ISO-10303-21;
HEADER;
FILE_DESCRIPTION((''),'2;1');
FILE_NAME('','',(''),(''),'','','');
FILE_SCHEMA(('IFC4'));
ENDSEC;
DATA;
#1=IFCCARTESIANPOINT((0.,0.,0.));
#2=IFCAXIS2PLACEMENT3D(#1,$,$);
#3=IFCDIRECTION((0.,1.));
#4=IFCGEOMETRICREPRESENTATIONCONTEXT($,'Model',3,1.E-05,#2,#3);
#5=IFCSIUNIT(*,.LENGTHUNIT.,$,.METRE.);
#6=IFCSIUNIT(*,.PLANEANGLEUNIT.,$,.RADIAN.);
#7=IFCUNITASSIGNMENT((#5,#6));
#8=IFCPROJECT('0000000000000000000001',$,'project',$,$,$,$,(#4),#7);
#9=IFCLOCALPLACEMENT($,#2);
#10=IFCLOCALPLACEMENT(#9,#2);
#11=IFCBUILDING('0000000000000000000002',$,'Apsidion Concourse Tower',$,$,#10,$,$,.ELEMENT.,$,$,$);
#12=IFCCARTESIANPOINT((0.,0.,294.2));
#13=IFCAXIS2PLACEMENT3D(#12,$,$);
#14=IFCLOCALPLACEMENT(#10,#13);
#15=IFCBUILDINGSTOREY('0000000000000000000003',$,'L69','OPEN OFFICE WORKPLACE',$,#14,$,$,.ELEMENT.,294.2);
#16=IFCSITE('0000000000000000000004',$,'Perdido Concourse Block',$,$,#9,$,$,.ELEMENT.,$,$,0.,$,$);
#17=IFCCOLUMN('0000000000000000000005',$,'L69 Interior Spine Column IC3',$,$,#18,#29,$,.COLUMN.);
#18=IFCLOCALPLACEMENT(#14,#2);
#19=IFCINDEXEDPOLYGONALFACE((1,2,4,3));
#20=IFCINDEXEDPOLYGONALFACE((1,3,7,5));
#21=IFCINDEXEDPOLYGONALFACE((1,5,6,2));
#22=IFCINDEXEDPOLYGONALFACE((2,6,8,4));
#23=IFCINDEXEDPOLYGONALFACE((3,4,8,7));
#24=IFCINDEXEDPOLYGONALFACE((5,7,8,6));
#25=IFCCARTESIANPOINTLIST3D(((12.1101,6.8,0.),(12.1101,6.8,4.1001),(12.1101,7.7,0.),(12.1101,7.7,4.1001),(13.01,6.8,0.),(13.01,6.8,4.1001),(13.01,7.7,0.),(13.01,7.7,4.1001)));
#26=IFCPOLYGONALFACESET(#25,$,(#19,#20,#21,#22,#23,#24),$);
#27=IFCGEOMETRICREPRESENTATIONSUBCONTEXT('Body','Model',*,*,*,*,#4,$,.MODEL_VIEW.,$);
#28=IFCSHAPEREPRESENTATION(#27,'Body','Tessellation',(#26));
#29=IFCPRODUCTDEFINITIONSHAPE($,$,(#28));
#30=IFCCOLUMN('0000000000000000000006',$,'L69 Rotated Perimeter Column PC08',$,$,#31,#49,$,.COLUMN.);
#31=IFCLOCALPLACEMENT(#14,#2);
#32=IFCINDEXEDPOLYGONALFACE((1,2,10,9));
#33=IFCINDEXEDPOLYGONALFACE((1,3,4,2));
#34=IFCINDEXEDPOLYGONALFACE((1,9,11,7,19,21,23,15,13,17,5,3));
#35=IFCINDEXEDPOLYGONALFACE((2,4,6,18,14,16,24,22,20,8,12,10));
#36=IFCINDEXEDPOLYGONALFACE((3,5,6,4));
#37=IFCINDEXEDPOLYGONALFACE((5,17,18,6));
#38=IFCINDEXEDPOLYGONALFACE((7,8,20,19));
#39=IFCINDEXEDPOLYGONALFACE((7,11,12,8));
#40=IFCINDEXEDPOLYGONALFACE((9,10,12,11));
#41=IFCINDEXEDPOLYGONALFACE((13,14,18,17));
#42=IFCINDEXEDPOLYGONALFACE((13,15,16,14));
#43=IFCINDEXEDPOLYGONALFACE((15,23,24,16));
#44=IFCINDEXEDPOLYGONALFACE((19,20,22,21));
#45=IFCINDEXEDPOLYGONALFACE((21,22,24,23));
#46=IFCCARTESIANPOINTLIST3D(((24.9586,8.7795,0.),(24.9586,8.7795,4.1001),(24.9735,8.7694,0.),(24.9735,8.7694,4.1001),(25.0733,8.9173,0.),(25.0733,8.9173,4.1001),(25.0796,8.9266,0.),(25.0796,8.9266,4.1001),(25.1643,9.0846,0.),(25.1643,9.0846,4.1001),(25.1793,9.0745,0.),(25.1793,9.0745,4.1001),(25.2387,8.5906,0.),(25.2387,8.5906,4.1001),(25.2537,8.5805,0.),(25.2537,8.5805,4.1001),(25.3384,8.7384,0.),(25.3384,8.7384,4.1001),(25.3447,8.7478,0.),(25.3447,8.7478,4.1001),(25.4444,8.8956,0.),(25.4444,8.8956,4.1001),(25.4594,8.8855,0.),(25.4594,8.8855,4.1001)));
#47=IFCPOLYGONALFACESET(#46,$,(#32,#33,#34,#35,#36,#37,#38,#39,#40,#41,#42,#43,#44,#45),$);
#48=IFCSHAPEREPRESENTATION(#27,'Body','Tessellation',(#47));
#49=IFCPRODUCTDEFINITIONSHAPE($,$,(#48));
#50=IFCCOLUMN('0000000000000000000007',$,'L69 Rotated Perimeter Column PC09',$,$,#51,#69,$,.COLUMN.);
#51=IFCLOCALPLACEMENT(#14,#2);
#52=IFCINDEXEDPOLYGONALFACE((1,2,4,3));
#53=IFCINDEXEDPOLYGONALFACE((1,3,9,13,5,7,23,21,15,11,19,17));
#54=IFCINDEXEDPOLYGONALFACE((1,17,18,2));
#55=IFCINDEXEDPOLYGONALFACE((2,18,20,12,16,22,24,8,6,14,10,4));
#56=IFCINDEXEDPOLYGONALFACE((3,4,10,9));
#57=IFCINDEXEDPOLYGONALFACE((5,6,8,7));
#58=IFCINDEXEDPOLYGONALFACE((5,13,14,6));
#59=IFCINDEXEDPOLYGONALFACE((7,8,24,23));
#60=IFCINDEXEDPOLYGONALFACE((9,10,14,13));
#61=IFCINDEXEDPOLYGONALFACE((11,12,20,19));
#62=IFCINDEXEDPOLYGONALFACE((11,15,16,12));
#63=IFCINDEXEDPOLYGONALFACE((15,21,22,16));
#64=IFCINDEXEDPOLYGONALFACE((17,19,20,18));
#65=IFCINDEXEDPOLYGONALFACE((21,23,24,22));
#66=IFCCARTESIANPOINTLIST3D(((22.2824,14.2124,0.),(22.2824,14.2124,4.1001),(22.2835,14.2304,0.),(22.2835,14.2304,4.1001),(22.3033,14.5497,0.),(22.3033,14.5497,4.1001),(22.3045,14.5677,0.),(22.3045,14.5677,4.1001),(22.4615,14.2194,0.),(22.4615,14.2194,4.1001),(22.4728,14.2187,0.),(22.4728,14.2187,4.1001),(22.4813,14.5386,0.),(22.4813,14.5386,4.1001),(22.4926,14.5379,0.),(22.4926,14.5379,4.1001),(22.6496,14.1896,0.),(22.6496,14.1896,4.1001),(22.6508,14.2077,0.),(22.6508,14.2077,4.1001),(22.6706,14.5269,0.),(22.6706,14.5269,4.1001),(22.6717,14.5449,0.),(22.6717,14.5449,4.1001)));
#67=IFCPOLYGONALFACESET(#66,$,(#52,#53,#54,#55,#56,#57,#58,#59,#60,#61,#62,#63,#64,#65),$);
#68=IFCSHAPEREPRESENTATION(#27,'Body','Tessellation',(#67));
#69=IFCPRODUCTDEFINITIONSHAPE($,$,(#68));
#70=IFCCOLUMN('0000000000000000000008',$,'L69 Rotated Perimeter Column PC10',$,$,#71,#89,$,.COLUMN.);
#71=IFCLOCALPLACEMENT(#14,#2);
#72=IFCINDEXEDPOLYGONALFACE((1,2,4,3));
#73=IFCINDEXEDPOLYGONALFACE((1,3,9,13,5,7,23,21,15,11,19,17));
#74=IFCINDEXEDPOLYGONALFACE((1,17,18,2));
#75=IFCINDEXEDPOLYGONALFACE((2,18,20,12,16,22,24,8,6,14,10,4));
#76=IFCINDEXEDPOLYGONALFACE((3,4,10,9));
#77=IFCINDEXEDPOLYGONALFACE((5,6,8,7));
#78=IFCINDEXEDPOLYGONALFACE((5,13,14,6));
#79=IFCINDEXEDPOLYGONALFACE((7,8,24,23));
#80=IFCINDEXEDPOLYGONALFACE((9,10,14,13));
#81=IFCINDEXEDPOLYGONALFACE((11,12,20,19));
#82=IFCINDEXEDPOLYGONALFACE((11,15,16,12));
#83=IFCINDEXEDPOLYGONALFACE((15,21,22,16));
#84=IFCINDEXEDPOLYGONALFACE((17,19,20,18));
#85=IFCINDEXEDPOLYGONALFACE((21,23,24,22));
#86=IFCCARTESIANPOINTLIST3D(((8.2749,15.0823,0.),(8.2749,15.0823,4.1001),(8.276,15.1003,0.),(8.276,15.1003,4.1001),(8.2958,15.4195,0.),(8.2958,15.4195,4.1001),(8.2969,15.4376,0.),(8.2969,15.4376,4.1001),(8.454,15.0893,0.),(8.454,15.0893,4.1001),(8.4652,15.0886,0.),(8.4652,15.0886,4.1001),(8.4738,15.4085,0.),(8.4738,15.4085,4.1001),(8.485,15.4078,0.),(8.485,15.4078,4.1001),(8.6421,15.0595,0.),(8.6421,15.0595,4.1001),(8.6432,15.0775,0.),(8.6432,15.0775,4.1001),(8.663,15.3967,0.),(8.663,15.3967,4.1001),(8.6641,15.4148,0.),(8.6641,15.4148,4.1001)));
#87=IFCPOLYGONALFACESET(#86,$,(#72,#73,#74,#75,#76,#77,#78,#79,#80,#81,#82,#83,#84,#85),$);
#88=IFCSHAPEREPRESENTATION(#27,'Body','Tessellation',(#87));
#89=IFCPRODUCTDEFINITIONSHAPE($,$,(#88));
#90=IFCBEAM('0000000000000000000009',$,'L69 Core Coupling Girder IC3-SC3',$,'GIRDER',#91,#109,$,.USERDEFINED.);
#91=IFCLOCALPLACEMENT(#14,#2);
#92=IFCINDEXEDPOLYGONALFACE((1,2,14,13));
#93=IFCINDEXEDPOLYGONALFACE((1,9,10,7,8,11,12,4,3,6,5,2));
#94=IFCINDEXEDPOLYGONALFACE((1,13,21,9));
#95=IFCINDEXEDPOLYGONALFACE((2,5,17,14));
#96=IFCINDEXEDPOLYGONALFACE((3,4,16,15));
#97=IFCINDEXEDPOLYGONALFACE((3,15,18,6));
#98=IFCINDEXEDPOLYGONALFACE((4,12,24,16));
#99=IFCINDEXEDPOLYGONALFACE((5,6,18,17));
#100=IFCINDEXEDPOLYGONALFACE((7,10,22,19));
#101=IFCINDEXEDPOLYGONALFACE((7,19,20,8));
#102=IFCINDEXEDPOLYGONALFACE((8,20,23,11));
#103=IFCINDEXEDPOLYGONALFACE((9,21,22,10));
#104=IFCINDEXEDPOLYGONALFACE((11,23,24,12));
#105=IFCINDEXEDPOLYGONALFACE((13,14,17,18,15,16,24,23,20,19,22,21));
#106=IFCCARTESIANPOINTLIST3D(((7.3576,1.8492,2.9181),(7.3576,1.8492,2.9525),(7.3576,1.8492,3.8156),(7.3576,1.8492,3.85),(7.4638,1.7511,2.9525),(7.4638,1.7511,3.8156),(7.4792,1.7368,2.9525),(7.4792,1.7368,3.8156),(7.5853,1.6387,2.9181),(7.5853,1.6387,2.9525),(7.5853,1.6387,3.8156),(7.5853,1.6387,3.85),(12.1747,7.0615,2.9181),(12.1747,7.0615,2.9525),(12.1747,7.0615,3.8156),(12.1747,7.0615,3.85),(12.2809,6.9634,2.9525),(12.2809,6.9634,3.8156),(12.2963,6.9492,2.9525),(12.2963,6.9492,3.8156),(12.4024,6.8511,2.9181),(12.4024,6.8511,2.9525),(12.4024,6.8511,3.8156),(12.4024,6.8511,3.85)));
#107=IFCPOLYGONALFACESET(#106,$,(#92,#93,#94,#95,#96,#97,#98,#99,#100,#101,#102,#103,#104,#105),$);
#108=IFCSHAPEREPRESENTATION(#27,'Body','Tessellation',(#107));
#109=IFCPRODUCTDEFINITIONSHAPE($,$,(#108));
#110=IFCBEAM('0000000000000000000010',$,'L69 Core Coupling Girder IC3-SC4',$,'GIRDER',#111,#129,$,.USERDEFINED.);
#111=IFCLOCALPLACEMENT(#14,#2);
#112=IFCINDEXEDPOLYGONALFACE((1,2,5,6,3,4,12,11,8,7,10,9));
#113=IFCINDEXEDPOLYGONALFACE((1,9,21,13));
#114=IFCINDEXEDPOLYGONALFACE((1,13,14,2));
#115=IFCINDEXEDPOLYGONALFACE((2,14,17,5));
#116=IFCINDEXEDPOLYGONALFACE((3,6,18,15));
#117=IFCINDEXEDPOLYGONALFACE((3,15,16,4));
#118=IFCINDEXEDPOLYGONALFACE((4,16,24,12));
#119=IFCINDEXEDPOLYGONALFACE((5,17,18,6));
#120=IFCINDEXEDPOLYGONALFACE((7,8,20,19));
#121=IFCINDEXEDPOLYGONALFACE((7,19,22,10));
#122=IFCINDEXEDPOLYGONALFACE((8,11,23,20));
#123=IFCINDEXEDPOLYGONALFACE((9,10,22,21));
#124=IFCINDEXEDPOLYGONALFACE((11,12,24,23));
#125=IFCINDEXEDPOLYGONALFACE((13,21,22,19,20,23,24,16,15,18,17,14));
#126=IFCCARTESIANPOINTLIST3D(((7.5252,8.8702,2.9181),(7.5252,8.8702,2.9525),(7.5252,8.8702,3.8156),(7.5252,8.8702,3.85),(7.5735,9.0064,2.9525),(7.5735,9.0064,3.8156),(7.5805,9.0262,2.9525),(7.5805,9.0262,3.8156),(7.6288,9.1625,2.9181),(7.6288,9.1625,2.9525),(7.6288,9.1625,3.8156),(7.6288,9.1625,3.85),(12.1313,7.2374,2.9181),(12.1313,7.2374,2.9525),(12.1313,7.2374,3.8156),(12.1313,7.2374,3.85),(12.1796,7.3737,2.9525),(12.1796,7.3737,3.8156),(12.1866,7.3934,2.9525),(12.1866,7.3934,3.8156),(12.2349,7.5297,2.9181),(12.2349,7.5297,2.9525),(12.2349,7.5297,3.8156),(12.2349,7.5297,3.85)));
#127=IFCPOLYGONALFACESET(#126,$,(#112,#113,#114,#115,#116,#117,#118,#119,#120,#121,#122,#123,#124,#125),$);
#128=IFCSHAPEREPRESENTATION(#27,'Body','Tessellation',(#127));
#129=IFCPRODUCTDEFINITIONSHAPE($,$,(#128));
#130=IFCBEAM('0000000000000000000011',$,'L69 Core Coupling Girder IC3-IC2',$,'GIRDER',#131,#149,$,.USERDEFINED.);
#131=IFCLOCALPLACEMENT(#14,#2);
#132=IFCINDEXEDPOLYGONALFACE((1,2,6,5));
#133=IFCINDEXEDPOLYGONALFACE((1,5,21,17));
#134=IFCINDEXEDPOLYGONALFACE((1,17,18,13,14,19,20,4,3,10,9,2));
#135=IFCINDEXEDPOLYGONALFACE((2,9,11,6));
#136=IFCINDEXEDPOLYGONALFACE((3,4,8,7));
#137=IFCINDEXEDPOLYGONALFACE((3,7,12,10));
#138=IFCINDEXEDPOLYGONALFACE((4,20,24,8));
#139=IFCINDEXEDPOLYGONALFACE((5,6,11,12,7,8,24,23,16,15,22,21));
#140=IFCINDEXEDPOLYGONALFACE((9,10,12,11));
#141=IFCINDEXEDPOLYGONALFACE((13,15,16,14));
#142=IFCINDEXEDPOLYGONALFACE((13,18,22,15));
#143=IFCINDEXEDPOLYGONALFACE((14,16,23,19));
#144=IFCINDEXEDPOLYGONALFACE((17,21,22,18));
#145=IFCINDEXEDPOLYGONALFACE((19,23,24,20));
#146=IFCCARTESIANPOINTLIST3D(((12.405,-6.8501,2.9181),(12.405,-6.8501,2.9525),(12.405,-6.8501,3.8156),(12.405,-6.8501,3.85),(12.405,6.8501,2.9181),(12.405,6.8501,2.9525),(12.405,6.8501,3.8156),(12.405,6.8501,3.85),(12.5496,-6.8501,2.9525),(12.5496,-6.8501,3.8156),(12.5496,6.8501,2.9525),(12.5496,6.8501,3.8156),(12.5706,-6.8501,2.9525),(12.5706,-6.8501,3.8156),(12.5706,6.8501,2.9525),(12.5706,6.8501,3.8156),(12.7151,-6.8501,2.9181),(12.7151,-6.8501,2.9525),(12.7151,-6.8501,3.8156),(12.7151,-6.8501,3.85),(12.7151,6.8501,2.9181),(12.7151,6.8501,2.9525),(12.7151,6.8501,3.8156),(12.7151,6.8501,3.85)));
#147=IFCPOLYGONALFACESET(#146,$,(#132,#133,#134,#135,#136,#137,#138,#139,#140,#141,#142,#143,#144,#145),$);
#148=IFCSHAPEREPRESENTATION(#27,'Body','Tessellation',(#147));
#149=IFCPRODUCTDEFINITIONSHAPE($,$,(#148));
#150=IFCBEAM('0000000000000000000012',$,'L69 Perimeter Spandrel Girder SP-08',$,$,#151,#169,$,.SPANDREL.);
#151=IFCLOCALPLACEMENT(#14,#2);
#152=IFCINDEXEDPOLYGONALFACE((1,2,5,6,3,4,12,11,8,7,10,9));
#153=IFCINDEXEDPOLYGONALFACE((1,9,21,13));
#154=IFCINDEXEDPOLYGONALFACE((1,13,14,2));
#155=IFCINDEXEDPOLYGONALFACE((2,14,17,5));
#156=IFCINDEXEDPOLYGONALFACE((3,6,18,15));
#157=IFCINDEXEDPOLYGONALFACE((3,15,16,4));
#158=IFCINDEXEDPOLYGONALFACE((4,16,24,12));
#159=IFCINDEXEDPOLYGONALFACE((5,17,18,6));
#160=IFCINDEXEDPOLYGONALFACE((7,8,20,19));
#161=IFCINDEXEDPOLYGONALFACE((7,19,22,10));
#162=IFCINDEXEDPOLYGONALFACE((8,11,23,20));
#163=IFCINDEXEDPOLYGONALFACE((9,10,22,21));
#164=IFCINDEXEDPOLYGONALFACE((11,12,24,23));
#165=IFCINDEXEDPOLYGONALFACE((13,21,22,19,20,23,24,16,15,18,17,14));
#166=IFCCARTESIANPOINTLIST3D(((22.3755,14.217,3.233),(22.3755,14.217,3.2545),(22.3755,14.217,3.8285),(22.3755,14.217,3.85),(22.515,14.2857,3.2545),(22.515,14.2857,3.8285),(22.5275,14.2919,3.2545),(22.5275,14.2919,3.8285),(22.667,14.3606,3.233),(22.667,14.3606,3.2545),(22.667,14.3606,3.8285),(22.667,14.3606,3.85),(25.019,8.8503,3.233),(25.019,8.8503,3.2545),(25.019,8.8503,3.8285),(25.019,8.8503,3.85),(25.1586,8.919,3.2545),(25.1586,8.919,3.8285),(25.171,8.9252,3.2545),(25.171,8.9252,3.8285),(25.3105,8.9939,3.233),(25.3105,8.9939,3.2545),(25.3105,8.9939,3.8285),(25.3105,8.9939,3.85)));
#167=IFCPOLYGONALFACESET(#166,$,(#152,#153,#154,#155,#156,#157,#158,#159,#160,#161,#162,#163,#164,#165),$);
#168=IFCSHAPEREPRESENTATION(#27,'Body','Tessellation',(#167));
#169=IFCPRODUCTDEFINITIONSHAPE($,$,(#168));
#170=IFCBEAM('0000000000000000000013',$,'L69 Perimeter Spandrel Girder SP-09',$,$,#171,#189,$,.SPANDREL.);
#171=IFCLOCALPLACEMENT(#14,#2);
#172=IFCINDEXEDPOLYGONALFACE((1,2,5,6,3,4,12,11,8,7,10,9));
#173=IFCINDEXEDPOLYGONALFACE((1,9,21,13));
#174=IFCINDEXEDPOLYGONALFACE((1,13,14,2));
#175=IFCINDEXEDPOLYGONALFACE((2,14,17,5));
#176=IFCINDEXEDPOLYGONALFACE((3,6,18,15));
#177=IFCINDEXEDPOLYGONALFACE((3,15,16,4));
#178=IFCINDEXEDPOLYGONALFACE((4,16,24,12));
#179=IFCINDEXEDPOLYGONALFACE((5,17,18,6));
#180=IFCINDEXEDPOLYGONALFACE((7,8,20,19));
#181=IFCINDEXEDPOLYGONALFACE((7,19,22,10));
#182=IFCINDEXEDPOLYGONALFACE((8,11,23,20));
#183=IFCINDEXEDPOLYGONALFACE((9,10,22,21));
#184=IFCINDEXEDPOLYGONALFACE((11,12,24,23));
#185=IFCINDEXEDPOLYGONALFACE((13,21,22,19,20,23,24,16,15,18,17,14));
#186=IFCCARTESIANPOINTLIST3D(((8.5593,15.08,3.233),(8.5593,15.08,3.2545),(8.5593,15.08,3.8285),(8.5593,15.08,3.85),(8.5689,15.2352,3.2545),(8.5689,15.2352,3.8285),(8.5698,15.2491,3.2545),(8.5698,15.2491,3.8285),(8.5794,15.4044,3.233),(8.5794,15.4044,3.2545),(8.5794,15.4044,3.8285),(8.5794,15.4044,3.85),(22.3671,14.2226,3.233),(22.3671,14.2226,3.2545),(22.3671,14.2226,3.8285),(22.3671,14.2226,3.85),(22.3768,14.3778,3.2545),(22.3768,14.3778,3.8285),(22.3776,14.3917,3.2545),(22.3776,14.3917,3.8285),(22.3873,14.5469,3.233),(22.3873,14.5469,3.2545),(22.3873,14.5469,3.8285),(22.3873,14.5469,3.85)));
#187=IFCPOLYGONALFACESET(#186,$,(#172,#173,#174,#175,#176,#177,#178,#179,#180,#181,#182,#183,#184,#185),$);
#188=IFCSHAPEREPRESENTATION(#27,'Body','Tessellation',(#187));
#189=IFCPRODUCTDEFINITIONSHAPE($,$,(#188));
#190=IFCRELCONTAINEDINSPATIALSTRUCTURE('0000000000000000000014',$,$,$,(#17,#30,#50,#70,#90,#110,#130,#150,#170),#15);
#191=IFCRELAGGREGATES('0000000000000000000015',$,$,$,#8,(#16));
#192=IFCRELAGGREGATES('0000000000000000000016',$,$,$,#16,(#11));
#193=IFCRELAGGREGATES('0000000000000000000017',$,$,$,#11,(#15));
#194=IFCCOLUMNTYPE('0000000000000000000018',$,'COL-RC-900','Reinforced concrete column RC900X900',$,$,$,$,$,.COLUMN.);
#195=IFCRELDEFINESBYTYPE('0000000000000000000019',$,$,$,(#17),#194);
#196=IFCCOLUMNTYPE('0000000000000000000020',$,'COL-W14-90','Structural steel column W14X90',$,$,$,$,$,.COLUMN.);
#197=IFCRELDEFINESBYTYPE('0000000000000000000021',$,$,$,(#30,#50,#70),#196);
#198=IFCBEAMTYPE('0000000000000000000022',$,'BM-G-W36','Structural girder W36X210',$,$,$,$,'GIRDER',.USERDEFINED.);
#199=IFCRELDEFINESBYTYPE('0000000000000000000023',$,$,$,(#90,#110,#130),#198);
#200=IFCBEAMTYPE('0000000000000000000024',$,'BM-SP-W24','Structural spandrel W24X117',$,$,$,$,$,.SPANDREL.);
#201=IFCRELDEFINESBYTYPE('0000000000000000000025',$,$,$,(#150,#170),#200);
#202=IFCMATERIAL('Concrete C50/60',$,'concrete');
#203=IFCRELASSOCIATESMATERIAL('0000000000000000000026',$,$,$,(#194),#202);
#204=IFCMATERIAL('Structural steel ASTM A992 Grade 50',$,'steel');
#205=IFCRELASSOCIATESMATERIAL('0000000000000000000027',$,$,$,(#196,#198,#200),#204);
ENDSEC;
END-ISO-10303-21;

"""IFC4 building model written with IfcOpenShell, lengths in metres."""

from ifc_helpers import new_model, si_unit, direction, frame, origin, origin_2d, place, context, subcontext, project, spatial, rectangle, i_section, extrude, material, material_profile, profile_set, type_object, element, save


model = new_model("IFC4")

# Units and contexts
model_context = context("Model", 3, precision=1e-05, world=origin(), true_north=direction((0.0, 1.0)))
body_context = subcontext(model_context, "Body", "Model", "MODEL_VIEW")
ifc_project = project(units=[si_unit("LENGTHUNIT", "METRE"), si_unit("PLANEANGLEUNIT", "RADIAN")], contexts=[model_context])

# Site, building, storey
site_placement = place(None, origin())
site = spatial("IfcSite", under=ifc_project, at=site_placement, Name="Perdido Concourse Block", CompositionType="ELEMENT", RefElevation=0.0)
building_placement = place(site_placement, origin())
building = spatial("IfcBuilding", under=site, at=building_placement, Name="Apsidion Concourse Tower", CompositionType="ELEMENT")
storey_placement = place(building_placement, frame((0.0, 0.0, 294.2)))
storey = spatial("IfcBuildingStorey", under=building, at=storey_placement, Name="L69", Description="OPEN OFFICE WORKPLACE", CompositionType="ELEMENT", Elevation=294.2)

# Columns
ifc_material_1 = material(Name="Concrete C50/60", Category="concrete")
ifc_material_profile_1 = material_profile(ifc_material_1, rectangle(XDim=0.8999, YDim=0.8999, at=origin_2d()), Name="RC 900x900")
ifc_profile_set_1 = profile_set([ifc_material_profile_1], Name="Concrete C50/60")
column_type_1 = type_object("IfcColumnType", Name="COL-RC-900", Description="Reinforced concrete column RC900X900", PredefinedType="COLUMN", material=ifc_profile_set_1)
column_placement = place(storey_placement, frame((12.5601, 7.25, 0.0), z_axis=(0.0, 0.0, 1.0), x_axis=(1.0, 0.0, 0.0)))
element("IfcColumn", 1, at=column_placement, inside=storey, type_object=column_type_1, Name="L69 Interior Spine Column IC3", PredefinedType="COLUMN", context=body_context, shape_type="SweptSolid", body=[
    extrude(rectangle(XDim=0.8999, YDim=0.8999, at=origin_2d()), origin(), (0.0, 0.0, 1.0), 4.1001),
])
ifc_material_2 = material(Name="Structural steel ASTM A992 Grade 50", Category="steel")
ifc_material_profile_2 = material_profile(ifc_material_2, i_section(OverallWidth=0.3679, OverallDepth=0.356, WebThickness=0.0112, FlangeThickness=0.0181, at=origin_2d()), Name="W14X90")
ifc_profile_set_2 = profile_set([ifc_material_profile_2], Name="Structural steel ASTM A992 Grade 50")
column_type_2 = type_object("IfcColumnType", Name="COL-W14-90", Description="Structural steel column W14X90", PredefinedType="COLUMN", material=ifc_profile_set_2)
for number, where, z_axis, x_axis, name in (
    (2, (25.209, 8.8325, 0.0), (0.0, 0.0, 1.0), (0.559193, 0.829038, 0.0), "L69 Rotated Perimeter Column PC08"),
    (3, (22.4771, 14.3787, 0.0), (0.0, 0.0, 1.0), (-0.998081, 0.06192, 0.0), "L69 Rotated Perimeter Column PC09"),
    (4, (8.4695, 15.2485, 0.0), (0.0, 0.0, 1.0), (-0.998081, 0.06192, 0.0), "L69 Rotated Perimeter Column PC10"),
):
    element("IfcColumn", number, at=place(storey_placement, frame(where, z_axis=z_axis, x_axis=x_axis)), inside=storey, type_object=column_type_2, Name=name, PredefinedType="COLUMN", context=body_context, shape_type="SweptSolid", body=[
        extrude(i_section(OverallWidth=0.3679, OverallDepth=0.356, WebThickness=0.0112, FlangeThickness=0.0181, at=origin_2d()), origin(), (0.0, 0.0, 1.0), 4.1001),
    ])

# Beams
ifc_material_profile_3 = material_profile(ifc_material_2, i_section(OverallWidth=0.3101, OverallDepth=0.9319, WebThickness=0.021, FlangeThickness=0.0344, at=origin_2d()), Name="W36X210")
ifc_profile_set_3 = profile_set([ifc_material_profile_3], Name="Structural steel ASTM A992 Grade 50")
beam_type_1 = type_object("IfcBeamType", Name="BM-G-W36", Description="Structural girder W36X210", ElementType="GIRDER", PredefinedType="USERDEFINED", material=ifc_profile_set_3)
beam_1_placement = place(storey_placement, frame((12.2886, 6.9563, 3.384), z_axis=(-0.678713, -0.734404, 0.0), x_axis=(0.734404, -0.678713, 0.0)))
element("IfcBeam", 5, at=beam_1_placement, inside=storey, type_object=beam_type_1, Name="L69 Core Coupling Girder IC3-SC3", ObjectType="GIRDER", PredefinedType="USERDEFINED", context=body_context, shape_type="SweptSolid", body=[
    extrude(i_section(OverallWidth=0.3101, OverallDepth=0.9319, WebThickness=0.021, FlangeThickness=0.0344, at=origin_2d()), origin(), (0.0, 0.0, 1.0), 7.0974),
])
beam_2_placement = place(storey_placement, frame((12.1831, 7.3835, 3.384), z_axis=(-0.942534, 0.334111, 0.0), x_axis=(-0.334111, -0.942534, 0.0)))
element("IfcBeam", 6, at=beam_2_placement, inside=storey, type_object=beam_type_1, Name="L69 Core Coupling Girder IC3-SC4", ObjectType="GIRDER", PredefinedType="USERDEFINED", context=body_context, shape_type="SweptSolid", body=[
    extrude(i_section(OverallWidth=0.3101, OverallDepth=0.9319, WebThickness=0.021, FlangeThickness=0.0344, at=origin_2d()), origin(), (0.0, 0.0, 1.0), 4.887),
])
beam_3_placement = place(storey_placement, frame((12.5601, 6.8501, 3.384), z_axis=(0.0, -1.0, 0.0), x_axis=(1.0, 0.0, 0.0)))
element("IfcBeam", 7, at=beam_3_placement, inside=storey, type_object=beam_type_1, Name="L69 Core Coupling Girder IC3-IC2", ObjectType="GIRDER", PredefinedType="USERDEFINED", context=body_context, shape_type="SweptSolid", body=[
    extrude(i_section(OverallWidth=0.3101, OverallDepth=0.9319, WebThickness=0.021, FlangeThickness=0.0344, at=origin_2d()), origin(), (0.0, 0.0, 1.0), 13.7002),
])
ifc_material_profile_4 = material_profile(ifc_material_2, i_section(OverallWidth=0.325, OverallDepth=0.6169, WebThickness=0.0139, FlangeThickness=0.0215, at=origin_2d()), Name="W24X117")
ifc_profile_set_4 = profile_set([ifc_material_profile_4], Name="Structural steel ASTM A992 Grade 50")
beam_type_2 = type_object("IfcBeamType", Name="BM-SP-W24", Description="Structural spandrel W24X117", PredefinedType="SPANDREL", material=ifc_profile_set_4)
beam_4_placement = place(storey_placement, frame((25.1648, 8.9221, 3.5415), z_axis=(-0.441884, 0.897072, 0.0), x_axis=(-0.897072, -0.441884, 0.0)))
element("IfcBeam", 8, at=beam_4_placement, inside=storey, type_object=beam_type_2, Name="L69 Perimeter Spandrel Girder SP-08", PredefinedType="SPANDREL", context=body_context, shape_type="SweptSolid", body=[
    extrude(i_section(OverallWidth=0.325, OverallDepth=0.6169, WebThickness=0.0139, FlangeThickness=0.0215, at=origin_2d()), origin(), (0.0, 0.0, 1.0), 5.9824),
])
beam_5_placement = place(storey_placement, frame((22.3772, 14.3848, 3.5415), z_axis=(-0.998078, 0.061977, 0.0), x_axis=(-0.061977, -0.998078, 0.0)))
element("IfcBeam", 9, at=beam_5_placement, inside=storey, type_object=beam_type_2, Name="L69 Perimeter Spandrel Girder SP-09", PredefinedType="SPANDREL", context=body_context, shape_type="SweptSolid", body=[
    extrude(i_section(OverallWidth=0.325, OverallDepth=0.6169, WebThickness=0.0139, FlangeThickness=0.0215, at=origin_2d()), origin(), (0.0, 0.0, 1.0), 13.8345),
])

save(model, "model.ifc")
